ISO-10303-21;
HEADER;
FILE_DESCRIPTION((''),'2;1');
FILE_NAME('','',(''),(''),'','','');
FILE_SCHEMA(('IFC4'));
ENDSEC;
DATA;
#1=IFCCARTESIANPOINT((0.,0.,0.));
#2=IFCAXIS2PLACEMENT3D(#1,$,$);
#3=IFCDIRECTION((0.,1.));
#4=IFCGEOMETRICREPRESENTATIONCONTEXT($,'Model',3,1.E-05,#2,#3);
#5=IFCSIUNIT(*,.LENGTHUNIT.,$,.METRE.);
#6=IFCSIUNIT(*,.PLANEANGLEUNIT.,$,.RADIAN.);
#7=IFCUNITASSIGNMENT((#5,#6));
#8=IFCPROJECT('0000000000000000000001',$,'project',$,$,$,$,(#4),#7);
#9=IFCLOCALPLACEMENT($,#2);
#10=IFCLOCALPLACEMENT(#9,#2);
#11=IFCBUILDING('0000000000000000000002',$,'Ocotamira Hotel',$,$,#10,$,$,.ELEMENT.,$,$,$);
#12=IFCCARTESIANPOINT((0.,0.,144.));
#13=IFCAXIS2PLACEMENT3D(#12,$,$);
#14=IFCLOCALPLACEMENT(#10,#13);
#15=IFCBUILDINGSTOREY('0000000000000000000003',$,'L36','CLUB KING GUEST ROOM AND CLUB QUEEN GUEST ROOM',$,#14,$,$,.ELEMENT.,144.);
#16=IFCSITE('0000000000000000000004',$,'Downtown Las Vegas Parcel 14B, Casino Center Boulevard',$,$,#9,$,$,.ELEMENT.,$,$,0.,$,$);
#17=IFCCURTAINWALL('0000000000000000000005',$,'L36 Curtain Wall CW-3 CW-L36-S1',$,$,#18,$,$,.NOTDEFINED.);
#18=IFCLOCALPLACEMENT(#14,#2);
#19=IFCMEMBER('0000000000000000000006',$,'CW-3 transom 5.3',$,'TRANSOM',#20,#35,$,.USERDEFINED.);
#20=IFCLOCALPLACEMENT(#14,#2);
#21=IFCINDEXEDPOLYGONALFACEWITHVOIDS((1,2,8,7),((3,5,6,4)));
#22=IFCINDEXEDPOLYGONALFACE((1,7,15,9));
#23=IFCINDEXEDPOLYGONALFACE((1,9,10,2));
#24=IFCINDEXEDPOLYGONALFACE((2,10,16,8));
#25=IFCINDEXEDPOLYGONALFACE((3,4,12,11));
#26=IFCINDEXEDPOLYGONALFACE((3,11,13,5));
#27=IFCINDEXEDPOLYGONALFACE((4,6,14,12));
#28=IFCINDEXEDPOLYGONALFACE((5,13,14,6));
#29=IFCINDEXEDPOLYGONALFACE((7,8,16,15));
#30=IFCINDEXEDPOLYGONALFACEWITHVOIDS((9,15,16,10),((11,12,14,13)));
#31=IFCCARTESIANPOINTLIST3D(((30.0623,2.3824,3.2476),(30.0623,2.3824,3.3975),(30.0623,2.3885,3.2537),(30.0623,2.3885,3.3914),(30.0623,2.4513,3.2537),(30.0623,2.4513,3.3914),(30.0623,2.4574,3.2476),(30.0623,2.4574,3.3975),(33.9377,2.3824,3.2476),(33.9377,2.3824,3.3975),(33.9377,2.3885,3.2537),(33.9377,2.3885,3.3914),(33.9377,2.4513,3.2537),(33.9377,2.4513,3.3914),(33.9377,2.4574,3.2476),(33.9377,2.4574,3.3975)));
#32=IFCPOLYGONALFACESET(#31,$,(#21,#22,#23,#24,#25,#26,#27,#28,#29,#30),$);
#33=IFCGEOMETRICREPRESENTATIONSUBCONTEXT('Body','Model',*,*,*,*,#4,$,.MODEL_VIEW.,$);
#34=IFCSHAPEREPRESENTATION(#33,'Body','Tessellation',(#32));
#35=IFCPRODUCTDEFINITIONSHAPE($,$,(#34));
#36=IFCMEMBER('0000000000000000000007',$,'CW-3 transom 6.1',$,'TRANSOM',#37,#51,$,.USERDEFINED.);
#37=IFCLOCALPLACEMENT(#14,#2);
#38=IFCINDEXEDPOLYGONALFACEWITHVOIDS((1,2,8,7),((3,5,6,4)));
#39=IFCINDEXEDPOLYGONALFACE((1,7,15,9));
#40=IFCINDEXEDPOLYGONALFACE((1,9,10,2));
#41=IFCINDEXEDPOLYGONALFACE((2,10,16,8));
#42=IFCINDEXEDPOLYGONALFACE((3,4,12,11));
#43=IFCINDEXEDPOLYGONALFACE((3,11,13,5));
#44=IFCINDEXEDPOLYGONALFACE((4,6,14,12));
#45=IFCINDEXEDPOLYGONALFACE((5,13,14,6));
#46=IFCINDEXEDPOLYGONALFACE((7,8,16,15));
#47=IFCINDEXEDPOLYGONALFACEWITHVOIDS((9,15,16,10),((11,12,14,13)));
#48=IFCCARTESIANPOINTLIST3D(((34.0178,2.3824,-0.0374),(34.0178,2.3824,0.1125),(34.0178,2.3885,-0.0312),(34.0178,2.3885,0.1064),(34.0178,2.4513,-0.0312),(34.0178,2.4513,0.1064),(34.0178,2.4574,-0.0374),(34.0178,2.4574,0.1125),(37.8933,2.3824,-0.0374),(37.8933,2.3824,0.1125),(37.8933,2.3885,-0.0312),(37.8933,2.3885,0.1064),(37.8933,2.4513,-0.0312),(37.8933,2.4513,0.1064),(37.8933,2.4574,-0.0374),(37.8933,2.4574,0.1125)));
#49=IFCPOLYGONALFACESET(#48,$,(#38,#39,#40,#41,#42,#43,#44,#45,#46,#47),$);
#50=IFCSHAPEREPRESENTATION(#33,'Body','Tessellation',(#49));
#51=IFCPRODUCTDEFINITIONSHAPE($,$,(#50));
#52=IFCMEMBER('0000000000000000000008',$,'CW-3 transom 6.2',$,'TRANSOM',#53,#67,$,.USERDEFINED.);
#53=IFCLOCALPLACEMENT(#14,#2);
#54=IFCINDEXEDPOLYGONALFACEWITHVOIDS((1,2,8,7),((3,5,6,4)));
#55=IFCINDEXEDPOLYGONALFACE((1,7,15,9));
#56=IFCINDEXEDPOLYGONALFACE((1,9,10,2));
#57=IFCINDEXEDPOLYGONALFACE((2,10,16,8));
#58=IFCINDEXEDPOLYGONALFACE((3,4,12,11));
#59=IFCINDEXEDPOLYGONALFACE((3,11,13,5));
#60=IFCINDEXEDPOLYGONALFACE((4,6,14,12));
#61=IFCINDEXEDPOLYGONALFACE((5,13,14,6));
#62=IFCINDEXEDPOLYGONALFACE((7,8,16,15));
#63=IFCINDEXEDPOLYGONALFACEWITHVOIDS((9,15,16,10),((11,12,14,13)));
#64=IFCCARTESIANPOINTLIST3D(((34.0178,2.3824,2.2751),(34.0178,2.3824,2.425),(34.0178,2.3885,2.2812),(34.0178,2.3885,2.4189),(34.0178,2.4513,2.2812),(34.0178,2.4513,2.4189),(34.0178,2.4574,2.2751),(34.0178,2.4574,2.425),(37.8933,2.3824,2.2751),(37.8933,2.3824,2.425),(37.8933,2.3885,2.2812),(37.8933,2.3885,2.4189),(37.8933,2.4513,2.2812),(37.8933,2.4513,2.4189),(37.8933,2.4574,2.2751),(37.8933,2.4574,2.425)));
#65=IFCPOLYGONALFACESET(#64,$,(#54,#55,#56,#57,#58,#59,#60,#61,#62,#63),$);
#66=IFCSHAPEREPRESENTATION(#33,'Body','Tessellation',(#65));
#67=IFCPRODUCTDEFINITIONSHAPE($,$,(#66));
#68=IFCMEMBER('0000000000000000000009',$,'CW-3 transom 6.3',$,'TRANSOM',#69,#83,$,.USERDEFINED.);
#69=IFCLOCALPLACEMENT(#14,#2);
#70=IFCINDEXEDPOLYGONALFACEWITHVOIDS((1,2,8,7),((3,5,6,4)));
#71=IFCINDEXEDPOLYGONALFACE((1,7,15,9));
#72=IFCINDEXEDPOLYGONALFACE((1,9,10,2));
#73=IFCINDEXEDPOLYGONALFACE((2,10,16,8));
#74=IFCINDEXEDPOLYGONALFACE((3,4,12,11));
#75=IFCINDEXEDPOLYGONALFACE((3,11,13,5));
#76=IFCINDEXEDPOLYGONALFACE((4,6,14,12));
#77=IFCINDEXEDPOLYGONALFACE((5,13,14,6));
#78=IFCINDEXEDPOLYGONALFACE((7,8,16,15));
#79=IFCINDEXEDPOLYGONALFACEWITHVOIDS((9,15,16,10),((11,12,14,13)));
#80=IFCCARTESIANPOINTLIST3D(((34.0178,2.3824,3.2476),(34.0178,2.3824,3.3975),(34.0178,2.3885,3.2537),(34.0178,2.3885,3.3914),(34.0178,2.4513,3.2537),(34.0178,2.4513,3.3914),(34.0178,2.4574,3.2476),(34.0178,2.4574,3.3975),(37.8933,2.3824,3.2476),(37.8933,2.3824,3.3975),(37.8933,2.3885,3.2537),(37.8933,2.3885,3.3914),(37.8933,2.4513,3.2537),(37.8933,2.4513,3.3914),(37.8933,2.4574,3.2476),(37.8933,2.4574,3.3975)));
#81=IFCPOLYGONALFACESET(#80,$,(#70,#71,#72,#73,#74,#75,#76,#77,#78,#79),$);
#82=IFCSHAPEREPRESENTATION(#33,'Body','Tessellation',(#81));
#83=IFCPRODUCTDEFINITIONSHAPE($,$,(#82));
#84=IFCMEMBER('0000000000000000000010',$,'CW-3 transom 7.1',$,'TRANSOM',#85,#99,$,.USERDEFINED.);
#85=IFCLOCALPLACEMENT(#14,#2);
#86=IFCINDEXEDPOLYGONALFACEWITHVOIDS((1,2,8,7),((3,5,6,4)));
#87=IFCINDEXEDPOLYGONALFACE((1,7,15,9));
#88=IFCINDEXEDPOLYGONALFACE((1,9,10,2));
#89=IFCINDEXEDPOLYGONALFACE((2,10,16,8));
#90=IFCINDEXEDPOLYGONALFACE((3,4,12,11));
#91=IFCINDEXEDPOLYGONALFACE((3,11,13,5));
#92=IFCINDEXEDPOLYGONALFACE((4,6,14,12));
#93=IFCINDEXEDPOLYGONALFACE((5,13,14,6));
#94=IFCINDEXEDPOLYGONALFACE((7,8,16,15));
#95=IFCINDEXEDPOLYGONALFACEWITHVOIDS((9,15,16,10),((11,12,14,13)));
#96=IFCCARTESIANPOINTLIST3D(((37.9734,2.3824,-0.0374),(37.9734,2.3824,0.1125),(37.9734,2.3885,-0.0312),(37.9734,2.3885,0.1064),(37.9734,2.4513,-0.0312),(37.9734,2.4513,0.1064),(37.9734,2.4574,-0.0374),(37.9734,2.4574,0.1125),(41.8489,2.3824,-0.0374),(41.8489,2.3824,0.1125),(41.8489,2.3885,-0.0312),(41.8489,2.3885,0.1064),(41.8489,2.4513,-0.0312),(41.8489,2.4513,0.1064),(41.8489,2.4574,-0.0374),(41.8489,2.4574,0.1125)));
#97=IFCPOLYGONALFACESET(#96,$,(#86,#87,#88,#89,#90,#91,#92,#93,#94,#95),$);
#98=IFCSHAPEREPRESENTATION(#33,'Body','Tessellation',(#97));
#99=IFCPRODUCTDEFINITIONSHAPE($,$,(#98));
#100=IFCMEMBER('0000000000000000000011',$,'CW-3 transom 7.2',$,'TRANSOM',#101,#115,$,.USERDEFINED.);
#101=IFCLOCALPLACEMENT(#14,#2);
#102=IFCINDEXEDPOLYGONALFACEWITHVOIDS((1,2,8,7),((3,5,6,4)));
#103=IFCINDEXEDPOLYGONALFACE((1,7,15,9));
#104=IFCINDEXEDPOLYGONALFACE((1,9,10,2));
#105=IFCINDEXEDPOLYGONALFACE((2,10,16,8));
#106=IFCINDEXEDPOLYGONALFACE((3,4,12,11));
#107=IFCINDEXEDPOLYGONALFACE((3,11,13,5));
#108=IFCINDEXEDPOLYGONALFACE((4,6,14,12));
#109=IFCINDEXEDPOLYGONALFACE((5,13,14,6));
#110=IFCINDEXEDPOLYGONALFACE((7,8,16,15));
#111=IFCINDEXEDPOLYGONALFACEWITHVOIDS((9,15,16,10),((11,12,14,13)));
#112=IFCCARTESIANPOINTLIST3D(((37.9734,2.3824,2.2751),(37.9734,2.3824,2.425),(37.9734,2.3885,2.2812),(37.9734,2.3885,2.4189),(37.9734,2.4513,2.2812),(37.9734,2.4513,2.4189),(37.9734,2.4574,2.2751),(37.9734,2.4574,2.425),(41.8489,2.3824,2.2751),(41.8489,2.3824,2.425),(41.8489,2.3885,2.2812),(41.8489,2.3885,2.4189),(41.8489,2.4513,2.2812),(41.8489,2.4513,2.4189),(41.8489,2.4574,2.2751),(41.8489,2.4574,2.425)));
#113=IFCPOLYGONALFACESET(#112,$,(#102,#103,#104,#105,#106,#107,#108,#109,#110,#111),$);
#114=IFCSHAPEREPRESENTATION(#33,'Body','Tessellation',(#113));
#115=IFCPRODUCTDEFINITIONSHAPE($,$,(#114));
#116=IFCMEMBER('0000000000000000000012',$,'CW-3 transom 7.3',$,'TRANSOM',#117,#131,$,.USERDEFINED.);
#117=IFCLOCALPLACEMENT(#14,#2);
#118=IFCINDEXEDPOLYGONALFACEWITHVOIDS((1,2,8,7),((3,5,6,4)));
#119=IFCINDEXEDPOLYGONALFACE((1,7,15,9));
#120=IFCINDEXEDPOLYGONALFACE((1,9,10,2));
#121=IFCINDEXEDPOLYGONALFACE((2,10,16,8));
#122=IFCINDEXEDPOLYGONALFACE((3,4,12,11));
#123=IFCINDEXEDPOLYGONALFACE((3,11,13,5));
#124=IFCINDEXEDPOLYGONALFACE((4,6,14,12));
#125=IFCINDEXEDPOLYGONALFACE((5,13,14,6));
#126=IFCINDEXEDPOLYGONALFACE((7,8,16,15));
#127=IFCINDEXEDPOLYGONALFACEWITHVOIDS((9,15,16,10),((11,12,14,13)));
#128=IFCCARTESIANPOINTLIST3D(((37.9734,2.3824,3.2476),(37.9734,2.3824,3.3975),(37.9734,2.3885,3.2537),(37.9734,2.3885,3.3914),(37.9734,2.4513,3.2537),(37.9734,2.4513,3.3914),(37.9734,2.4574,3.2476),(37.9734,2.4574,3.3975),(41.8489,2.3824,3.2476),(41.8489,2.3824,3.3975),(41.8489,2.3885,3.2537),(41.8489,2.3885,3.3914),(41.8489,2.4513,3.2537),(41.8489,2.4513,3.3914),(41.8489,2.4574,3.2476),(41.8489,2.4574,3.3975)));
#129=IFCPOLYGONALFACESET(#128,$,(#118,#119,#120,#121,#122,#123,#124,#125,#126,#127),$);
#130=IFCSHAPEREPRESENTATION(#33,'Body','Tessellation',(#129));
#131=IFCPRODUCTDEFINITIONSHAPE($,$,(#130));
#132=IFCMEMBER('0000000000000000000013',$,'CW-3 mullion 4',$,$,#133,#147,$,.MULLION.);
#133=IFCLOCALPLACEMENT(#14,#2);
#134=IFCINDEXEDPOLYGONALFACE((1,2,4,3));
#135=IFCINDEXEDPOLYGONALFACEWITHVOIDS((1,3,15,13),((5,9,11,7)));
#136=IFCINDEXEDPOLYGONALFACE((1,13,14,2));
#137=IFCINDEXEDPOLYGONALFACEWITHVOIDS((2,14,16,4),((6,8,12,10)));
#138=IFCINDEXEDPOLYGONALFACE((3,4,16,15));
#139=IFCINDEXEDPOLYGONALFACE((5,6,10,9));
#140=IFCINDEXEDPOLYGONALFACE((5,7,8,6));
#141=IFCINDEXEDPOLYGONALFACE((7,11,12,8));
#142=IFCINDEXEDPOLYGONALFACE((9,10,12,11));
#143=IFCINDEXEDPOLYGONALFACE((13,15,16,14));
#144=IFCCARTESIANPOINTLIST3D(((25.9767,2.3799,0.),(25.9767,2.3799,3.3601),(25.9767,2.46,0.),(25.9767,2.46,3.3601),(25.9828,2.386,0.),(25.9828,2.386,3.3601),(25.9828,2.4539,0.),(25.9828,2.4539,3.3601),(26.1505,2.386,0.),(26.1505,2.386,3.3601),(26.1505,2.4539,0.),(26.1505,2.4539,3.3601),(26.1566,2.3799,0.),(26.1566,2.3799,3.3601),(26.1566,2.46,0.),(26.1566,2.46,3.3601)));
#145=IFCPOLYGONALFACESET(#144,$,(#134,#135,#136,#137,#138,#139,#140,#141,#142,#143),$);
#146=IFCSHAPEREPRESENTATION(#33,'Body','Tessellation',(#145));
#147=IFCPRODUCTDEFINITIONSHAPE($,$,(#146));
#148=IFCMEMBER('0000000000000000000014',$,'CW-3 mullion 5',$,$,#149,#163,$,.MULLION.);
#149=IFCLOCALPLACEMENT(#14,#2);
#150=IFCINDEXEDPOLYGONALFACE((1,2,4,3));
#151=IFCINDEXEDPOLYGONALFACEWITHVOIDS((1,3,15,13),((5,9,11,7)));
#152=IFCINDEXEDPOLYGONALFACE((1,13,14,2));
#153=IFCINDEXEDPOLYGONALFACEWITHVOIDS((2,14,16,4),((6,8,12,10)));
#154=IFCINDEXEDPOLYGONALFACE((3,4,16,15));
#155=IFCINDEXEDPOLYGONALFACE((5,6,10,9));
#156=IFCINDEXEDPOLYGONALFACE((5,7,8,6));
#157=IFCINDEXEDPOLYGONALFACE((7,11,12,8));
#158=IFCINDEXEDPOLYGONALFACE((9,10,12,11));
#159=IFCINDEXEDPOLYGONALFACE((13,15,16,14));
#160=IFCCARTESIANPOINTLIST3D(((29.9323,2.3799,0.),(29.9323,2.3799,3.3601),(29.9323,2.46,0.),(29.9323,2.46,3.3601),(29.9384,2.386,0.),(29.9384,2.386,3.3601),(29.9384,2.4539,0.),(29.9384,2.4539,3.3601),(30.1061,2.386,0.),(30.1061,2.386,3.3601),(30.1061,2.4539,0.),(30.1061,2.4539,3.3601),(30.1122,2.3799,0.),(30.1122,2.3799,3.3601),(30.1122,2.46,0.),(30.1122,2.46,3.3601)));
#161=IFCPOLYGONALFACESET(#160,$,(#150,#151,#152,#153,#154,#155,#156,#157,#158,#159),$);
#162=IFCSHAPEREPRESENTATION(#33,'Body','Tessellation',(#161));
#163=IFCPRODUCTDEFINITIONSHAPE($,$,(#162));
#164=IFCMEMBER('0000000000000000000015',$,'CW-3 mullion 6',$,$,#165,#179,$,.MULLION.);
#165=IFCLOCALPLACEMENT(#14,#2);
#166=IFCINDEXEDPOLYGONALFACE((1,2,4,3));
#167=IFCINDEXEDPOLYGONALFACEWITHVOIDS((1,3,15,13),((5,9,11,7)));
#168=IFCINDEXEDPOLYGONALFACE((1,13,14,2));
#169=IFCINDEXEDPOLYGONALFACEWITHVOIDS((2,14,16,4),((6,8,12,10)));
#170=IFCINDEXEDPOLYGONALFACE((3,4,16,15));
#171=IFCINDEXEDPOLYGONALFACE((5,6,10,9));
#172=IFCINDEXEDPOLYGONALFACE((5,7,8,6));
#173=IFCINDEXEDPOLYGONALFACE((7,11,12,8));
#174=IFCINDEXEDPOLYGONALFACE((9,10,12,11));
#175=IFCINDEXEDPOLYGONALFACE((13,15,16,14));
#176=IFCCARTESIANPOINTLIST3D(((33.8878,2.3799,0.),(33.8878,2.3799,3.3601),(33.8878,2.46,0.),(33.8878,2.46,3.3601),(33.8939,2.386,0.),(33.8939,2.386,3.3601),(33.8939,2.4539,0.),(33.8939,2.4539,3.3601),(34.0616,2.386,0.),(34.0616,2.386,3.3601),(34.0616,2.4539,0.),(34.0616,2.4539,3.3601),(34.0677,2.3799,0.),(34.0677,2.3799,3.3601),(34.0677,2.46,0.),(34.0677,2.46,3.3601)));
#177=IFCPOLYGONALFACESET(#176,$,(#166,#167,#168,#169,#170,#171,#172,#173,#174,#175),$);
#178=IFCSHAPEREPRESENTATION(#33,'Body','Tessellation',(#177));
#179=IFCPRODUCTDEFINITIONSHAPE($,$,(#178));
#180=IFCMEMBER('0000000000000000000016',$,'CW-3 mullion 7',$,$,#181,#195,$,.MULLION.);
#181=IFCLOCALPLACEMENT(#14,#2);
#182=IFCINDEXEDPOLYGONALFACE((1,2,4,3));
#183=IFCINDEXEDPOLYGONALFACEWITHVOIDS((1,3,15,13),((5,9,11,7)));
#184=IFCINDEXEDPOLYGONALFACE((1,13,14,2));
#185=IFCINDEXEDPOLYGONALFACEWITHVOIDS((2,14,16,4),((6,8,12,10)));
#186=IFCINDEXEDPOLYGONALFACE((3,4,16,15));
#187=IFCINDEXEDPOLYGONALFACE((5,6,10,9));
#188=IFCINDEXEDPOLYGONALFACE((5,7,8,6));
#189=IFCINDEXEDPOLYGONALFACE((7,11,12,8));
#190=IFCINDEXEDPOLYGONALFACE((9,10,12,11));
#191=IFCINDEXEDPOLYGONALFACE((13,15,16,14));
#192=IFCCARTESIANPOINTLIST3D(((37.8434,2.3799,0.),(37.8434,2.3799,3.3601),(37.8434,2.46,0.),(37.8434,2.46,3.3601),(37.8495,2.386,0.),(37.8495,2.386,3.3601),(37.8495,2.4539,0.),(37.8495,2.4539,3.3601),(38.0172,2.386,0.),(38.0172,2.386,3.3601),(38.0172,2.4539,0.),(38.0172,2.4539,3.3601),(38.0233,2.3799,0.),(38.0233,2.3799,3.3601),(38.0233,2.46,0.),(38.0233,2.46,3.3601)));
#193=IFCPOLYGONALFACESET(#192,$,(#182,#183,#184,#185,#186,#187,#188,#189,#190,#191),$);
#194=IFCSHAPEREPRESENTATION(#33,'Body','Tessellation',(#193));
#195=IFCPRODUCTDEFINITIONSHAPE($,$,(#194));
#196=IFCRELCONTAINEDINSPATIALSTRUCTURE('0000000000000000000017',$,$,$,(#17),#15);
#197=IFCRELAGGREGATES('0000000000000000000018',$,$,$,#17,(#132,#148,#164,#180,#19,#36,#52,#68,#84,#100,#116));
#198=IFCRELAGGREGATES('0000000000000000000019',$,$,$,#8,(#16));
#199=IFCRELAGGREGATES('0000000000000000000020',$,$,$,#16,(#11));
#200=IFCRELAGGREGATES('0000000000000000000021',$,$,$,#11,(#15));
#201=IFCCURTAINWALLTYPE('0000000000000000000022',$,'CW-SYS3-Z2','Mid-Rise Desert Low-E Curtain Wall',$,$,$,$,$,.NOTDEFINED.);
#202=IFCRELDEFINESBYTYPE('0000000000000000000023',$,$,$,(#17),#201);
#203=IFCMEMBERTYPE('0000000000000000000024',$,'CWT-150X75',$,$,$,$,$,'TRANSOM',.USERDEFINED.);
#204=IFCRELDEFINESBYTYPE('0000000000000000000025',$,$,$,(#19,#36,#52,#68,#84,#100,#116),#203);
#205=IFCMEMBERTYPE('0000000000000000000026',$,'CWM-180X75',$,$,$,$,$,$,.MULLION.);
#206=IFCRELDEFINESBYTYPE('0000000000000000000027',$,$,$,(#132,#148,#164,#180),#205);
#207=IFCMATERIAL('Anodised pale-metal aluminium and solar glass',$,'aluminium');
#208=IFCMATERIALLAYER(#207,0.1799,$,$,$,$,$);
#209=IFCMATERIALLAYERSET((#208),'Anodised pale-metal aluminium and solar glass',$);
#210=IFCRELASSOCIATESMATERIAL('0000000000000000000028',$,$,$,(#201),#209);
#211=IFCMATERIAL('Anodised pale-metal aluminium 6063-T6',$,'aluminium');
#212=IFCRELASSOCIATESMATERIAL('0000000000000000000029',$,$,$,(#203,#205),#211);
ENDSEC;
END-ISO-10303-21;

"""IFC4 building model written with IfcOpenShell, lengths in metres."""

from ifc_helpers import new_model, si_unit, direction, frame, origin, origin_2d, place, context, subcontext, project, spatial, hollow_rectangle, extrude, source, transform, mapped, material, layer, layer_set, material_profile, profile_set, type_object, element, aggregate, save


model = new_model("IFC4")

# Units and contexts
model_context = context("Model", 3, precision=1e-05, world=origin(), true_north=direction((0.0, 1.0)))
body_context = subcontext(model_context, "Body", "Model", "MODEL_VIEW")
ifc_project = project(units=[si_unit("LENGTHUNIT", "METRE"), si_unit("PLANEANGLEUNIT", "RADIAN")], contexts=[model_context])

# Site, building, storey
site_placement = place(None, origin())
site = spatial("IfcSite", under=ifc_project, at=site_placement, Name="Downtown Las Vegas Parcel 14B, Casino Center Boulevard", CompositionType="ELEMENT", RefElevation=0.0)
building_placement = place(site_placement, origin())
building = spatial("IfcBuilding", under=site, at=building_placement, Name="Ocotamira Hotel", CompositionType="ELEMENT")
storey_placement = place(building_placement, frame((0.0, 0.0, 144.0)))
storey = spatial("IfcBuildingStorey", under=building, at=storey_placement, Name="L36", Description="CLUB KING GUEST ROOM AND CLUB QUEEN GUEST ROOM", CompositionType="ELEMENT", Elevation=144.0)

# Curtain wall, members
ifc_material_1 = material(Name="Anodised pale-metal aluminium and solar glass", Category="aluminium")
ifc_layer_1 = layer(ifc_material_1, 0.1799)
ifc_layer_set_1 = layer_set([ifc_layer_1], Name="Anodised pale-metal aluminium and solar glass")
curtain_wall_type = type_object("IfcCurtainWallType", Name="CW-SYS3-Z2", Description="Mid-Rise Desert Low-E Curtain Wall", PredefinedType="NOTDEFINED", material=ifc_layer_set_1)
curtain_wall_placement = place(storey_placement, origin())
curtain_wall = element("IfcCurtainWall", 1, at=curtain_wall_placement, inside=storey, type_object=curtain_wall_type, Name="L36 Curtain Wall CW-3 CW-L36-S1", PredefinedType="NOTDEFINED")
ifc_material_2 = material(Name="Anodised pale-metal aluminium 6063-T6", Category="aluminium")
ifc_material_profile_1 = material_profile(ifc_material_2, hollow_rectangle(XDim=0.075, YDim=0.1499, WallThickness=0.0061, at=origin_2d()), Name="HSS150X75X6")
ifc_profile_set_1 = profile_set([ifc_material_profile_1], Name="Anodised pale-metal aluminium 6063-T6")
member_type_1 = type_object("IfcMemberType", Name="CWT-150X75", ElementType="TRANSOM", PredefinedType="USERDEFINED", material=ifc_profile_set_1)
shared_shape_1 = source(origin(), body_context, "Body", "SweptSolid", [
    extrude(hollow_rectangle(XDim=0.075, YDim=0.1499, WallThickness=0.0061, at=origin_2d()), origin(), (0.0, 0.0, 1.0), 3.8755),
])
member_1_placement = place(storey_placement, frame((30.0623, 2.4199, 3.3225), z_axis=(1.0, 0.0, 0.0), x_axis=(0.0, 1.0, 0.0)))
member_1 = element("IfcMember", 2, at=member_1_placement, type_object=member_type_1, Name="CW-3 transom 5.3", ObjectType="TRANSOM", PredefinedType="USERDEFINED", context=body_context, shape_type="MappedRepresentation", body=[
    mapped(shared_shape_1, transform((0.0, 0.0, 0.0), scale=1.0)),
])
member_2_placement = place(storey_placement, frame((34.0178, 2.4199, 0.0376), z_axis=(1.0, 0.0, 0.0), x_axis=(0.0, 1.0, 0.0)))
member_2 = element("IfcMember", 3, at=member_2_placement, type_object=member_type_1, Name="CW-3 transom 6.1", ObjectType="TRANSOM", PredefinedType="USERDEFINED", context=body_context, shape_type="MappedRepresentation", body=[
    mapped(shared_shape_1, transform((0.0, 0.0, 0.0), scale=1.0)),
])
member_3_placement = place(storey_placement, frame((34.0178, 2.4199, 2.3501), z_axis=(1.0, 0.0, 0.0), x_axis=(0.0, 1.0, 0.0)))
member_3 = element("IfcMember", 4, at=member_3_placement, type_object=member_type_1, Name="CW-3 transom 6.2", ObjectType="TRANSOM", PredefinedType="USERDEFINED", context=body_context, shape_type="MappedRepresentation", body=[
    mapped(shared_shape_1, transform((0.0, 0.0, 0.0), scale=1.0)),
])
member_4_placement = place(storey_placement, frame((34.0178, 2.4199, 3.3225), z_axis=(1.0, 0.0, 0.0), x_axis=(0.0, 1.0, 0.0)))
member_4 = element("IfcMember", 5, at=member_4_placement, type_object=member_type_1, Name="CW-3 transom 6.3", ObjectType="TRANSOM", PredefinedType="USERDEFINED", context=body_context, shape_type="MappedRepresentation", body=[
    mapped(shared_shape_1, transform((0.0, 0.0, 0.0), scale=1.0)),
])
member_5_placement = place(storey_placement, frame((37.9734, 2.4199, 0.0376), z_axis=(1.0, 0.0, 0.0), x_axis=(0.0, 1.0, 0.0)))
member_5 = element("IfcMember", 6, at=member_5_placement, type_object=member_type_1, Name="CW-3 transom 7.1", ObjectType="TRANSOM", PredefinedType="USERDEFINED", context=body_context, shape_type="MappedRepresentation", body=[
    mapped(shared_shape_1, transform((0.0, 0.0, 0.0), scale=1.0)),
])
member_6_placement = place(storey_placement, frame((37.9734, 2.4199, 2.3501), z_axis=(1.0, 0.0, 0.0), x_axis=(0.0, 1.0, 0.0)))
member_6 = element("IfcMember", 7, at=member_6_placement, type_object=member_type_1, Name="CW-3 transom 7.2", ObjectType="TRANSOM", PredefinedType="USERDEFINED", context=body_context, shape_type="MappedRepresentation", body=[
    mapped(shared_shape_1, transform((0.0, 0.0, 0.0), scale=1.0)),
])
member_7_placement = place(storey_placement, frame((37.9734, 2.4199, 3.3225), z_axis=(1.0, 0.0, 0.0), x_axis=(0.0, 1.0, 0.0)))
member_7 = element("IfcMember", 8, at=member_7_placement, type_object=member_type_1, Name="CW-3 transom 7.3", ObjectType="TRANSOM", PredefinedType="USERDEFINED", context=body_context, shape_type="MappedRepresentation", body=[
    mapped(shared_shape_1, transform((0.0, 0.0, 0.0), scale=1.0)),
])
ifc_material_profile_2 = material_profile(ifc_material_2, hollow_rectangle(XDim=0.0801, YDim=0.1799, WallThickness=0.0061, at=origin_2d()), Name="HSS180X80X6")
ifc_profile_set_2 = profile_set([ifc_material_profile_2], Name="Anodised pale-metal aluminium 6063-T6")
member_type_2 = type_object("IfcMemberType", Name="CWM-180X75", PredefinedType="MULLION", material=ifc_profile_set_2)
shared_shape_2 = source(origin(), body_context, "Body", "SweptSolid", [
    extrude(hollow_rectangle(XDim=0.0801, YDim=0.1799, WallThickness=0.0061, at=origin_2d()), origin(), (0.0, 0.0, 1.0), 3.3601),
])
member_8_placement = place(storey_placement, frame((26.0667, 2.4199, 0.0), z_axis=(0.0, 0.0, 1.0), x_axis=(0.0, 1.0, 0.0)))
member_8 = element("IfcMember", 9, at=member_8_placement, type_object=member_type_2, Name="CW-3 mullion 4", PredefinedType="MULLION", context=body_context, shape_type="MappedRepresentation", body=[
    mapped(shared_shape_2, transform((0.0, 0.0, 0.0), scale=1.0)),
])
member_9_placement = place(storey_placement, frame((30.0222, 2.4199, 0.0), z_axis=(0.0, 0.0, 1.0), x_axis=(0.0, 1.0, 0.0)))
member_9 = element("IfcMember", 10, at=member_9_placement, type_object=member_type_2, Name="CW-3 mullion 5", PredefinedType="MULLION", context=body_context, shape_type="MappedRepresentation", body=[
    mapped(shared_shape_2, transform((0.0, 0.0, 0.0), scale=1.0)),
])
member_10_placement = place(storey_placement, frame((33.9778, 2.4199, 0.0), z_axis=(0.0, 0.0, 1.0), x_axis=(0.0, 1.0, 0.0)))
member_10 = element("IfcMember", 11, at=member_10_placement, type_object=member_type_2, Name="CW-3 mullion 6", PredefinedType="MULLION", context=body_context, shape_type="MappedRepresentation", body=[
    mapped(shared_shape_2, transform((0.0, 0.0, 0.0), scale=1.0)),
])
member_11_placement = place(storey_placement, frame((37.9333, 2.4199, 0.0), z_axis=(0.0, 0.0, 1.0), x_axis=(0.0, 1.0, 0.0)))
member_11 = element("IfcMember", 12, at=member_11_placement, type_object=member_type_2, Name="CW-3 mullion 7", PredefinedType="MULLION", context=body_context, shape_type="MappedRepresentation", body=[
    mapped(shared_shape_2, transform((0.0, 0.0, 0.0), scale=1.0)),
])

aggregate(curtain_wall, [member_8, member_9, member_10, member_11, member_1, member_2, member_3, member_4, member_5, member_6, member_7])

save(model, "model.ifc")
